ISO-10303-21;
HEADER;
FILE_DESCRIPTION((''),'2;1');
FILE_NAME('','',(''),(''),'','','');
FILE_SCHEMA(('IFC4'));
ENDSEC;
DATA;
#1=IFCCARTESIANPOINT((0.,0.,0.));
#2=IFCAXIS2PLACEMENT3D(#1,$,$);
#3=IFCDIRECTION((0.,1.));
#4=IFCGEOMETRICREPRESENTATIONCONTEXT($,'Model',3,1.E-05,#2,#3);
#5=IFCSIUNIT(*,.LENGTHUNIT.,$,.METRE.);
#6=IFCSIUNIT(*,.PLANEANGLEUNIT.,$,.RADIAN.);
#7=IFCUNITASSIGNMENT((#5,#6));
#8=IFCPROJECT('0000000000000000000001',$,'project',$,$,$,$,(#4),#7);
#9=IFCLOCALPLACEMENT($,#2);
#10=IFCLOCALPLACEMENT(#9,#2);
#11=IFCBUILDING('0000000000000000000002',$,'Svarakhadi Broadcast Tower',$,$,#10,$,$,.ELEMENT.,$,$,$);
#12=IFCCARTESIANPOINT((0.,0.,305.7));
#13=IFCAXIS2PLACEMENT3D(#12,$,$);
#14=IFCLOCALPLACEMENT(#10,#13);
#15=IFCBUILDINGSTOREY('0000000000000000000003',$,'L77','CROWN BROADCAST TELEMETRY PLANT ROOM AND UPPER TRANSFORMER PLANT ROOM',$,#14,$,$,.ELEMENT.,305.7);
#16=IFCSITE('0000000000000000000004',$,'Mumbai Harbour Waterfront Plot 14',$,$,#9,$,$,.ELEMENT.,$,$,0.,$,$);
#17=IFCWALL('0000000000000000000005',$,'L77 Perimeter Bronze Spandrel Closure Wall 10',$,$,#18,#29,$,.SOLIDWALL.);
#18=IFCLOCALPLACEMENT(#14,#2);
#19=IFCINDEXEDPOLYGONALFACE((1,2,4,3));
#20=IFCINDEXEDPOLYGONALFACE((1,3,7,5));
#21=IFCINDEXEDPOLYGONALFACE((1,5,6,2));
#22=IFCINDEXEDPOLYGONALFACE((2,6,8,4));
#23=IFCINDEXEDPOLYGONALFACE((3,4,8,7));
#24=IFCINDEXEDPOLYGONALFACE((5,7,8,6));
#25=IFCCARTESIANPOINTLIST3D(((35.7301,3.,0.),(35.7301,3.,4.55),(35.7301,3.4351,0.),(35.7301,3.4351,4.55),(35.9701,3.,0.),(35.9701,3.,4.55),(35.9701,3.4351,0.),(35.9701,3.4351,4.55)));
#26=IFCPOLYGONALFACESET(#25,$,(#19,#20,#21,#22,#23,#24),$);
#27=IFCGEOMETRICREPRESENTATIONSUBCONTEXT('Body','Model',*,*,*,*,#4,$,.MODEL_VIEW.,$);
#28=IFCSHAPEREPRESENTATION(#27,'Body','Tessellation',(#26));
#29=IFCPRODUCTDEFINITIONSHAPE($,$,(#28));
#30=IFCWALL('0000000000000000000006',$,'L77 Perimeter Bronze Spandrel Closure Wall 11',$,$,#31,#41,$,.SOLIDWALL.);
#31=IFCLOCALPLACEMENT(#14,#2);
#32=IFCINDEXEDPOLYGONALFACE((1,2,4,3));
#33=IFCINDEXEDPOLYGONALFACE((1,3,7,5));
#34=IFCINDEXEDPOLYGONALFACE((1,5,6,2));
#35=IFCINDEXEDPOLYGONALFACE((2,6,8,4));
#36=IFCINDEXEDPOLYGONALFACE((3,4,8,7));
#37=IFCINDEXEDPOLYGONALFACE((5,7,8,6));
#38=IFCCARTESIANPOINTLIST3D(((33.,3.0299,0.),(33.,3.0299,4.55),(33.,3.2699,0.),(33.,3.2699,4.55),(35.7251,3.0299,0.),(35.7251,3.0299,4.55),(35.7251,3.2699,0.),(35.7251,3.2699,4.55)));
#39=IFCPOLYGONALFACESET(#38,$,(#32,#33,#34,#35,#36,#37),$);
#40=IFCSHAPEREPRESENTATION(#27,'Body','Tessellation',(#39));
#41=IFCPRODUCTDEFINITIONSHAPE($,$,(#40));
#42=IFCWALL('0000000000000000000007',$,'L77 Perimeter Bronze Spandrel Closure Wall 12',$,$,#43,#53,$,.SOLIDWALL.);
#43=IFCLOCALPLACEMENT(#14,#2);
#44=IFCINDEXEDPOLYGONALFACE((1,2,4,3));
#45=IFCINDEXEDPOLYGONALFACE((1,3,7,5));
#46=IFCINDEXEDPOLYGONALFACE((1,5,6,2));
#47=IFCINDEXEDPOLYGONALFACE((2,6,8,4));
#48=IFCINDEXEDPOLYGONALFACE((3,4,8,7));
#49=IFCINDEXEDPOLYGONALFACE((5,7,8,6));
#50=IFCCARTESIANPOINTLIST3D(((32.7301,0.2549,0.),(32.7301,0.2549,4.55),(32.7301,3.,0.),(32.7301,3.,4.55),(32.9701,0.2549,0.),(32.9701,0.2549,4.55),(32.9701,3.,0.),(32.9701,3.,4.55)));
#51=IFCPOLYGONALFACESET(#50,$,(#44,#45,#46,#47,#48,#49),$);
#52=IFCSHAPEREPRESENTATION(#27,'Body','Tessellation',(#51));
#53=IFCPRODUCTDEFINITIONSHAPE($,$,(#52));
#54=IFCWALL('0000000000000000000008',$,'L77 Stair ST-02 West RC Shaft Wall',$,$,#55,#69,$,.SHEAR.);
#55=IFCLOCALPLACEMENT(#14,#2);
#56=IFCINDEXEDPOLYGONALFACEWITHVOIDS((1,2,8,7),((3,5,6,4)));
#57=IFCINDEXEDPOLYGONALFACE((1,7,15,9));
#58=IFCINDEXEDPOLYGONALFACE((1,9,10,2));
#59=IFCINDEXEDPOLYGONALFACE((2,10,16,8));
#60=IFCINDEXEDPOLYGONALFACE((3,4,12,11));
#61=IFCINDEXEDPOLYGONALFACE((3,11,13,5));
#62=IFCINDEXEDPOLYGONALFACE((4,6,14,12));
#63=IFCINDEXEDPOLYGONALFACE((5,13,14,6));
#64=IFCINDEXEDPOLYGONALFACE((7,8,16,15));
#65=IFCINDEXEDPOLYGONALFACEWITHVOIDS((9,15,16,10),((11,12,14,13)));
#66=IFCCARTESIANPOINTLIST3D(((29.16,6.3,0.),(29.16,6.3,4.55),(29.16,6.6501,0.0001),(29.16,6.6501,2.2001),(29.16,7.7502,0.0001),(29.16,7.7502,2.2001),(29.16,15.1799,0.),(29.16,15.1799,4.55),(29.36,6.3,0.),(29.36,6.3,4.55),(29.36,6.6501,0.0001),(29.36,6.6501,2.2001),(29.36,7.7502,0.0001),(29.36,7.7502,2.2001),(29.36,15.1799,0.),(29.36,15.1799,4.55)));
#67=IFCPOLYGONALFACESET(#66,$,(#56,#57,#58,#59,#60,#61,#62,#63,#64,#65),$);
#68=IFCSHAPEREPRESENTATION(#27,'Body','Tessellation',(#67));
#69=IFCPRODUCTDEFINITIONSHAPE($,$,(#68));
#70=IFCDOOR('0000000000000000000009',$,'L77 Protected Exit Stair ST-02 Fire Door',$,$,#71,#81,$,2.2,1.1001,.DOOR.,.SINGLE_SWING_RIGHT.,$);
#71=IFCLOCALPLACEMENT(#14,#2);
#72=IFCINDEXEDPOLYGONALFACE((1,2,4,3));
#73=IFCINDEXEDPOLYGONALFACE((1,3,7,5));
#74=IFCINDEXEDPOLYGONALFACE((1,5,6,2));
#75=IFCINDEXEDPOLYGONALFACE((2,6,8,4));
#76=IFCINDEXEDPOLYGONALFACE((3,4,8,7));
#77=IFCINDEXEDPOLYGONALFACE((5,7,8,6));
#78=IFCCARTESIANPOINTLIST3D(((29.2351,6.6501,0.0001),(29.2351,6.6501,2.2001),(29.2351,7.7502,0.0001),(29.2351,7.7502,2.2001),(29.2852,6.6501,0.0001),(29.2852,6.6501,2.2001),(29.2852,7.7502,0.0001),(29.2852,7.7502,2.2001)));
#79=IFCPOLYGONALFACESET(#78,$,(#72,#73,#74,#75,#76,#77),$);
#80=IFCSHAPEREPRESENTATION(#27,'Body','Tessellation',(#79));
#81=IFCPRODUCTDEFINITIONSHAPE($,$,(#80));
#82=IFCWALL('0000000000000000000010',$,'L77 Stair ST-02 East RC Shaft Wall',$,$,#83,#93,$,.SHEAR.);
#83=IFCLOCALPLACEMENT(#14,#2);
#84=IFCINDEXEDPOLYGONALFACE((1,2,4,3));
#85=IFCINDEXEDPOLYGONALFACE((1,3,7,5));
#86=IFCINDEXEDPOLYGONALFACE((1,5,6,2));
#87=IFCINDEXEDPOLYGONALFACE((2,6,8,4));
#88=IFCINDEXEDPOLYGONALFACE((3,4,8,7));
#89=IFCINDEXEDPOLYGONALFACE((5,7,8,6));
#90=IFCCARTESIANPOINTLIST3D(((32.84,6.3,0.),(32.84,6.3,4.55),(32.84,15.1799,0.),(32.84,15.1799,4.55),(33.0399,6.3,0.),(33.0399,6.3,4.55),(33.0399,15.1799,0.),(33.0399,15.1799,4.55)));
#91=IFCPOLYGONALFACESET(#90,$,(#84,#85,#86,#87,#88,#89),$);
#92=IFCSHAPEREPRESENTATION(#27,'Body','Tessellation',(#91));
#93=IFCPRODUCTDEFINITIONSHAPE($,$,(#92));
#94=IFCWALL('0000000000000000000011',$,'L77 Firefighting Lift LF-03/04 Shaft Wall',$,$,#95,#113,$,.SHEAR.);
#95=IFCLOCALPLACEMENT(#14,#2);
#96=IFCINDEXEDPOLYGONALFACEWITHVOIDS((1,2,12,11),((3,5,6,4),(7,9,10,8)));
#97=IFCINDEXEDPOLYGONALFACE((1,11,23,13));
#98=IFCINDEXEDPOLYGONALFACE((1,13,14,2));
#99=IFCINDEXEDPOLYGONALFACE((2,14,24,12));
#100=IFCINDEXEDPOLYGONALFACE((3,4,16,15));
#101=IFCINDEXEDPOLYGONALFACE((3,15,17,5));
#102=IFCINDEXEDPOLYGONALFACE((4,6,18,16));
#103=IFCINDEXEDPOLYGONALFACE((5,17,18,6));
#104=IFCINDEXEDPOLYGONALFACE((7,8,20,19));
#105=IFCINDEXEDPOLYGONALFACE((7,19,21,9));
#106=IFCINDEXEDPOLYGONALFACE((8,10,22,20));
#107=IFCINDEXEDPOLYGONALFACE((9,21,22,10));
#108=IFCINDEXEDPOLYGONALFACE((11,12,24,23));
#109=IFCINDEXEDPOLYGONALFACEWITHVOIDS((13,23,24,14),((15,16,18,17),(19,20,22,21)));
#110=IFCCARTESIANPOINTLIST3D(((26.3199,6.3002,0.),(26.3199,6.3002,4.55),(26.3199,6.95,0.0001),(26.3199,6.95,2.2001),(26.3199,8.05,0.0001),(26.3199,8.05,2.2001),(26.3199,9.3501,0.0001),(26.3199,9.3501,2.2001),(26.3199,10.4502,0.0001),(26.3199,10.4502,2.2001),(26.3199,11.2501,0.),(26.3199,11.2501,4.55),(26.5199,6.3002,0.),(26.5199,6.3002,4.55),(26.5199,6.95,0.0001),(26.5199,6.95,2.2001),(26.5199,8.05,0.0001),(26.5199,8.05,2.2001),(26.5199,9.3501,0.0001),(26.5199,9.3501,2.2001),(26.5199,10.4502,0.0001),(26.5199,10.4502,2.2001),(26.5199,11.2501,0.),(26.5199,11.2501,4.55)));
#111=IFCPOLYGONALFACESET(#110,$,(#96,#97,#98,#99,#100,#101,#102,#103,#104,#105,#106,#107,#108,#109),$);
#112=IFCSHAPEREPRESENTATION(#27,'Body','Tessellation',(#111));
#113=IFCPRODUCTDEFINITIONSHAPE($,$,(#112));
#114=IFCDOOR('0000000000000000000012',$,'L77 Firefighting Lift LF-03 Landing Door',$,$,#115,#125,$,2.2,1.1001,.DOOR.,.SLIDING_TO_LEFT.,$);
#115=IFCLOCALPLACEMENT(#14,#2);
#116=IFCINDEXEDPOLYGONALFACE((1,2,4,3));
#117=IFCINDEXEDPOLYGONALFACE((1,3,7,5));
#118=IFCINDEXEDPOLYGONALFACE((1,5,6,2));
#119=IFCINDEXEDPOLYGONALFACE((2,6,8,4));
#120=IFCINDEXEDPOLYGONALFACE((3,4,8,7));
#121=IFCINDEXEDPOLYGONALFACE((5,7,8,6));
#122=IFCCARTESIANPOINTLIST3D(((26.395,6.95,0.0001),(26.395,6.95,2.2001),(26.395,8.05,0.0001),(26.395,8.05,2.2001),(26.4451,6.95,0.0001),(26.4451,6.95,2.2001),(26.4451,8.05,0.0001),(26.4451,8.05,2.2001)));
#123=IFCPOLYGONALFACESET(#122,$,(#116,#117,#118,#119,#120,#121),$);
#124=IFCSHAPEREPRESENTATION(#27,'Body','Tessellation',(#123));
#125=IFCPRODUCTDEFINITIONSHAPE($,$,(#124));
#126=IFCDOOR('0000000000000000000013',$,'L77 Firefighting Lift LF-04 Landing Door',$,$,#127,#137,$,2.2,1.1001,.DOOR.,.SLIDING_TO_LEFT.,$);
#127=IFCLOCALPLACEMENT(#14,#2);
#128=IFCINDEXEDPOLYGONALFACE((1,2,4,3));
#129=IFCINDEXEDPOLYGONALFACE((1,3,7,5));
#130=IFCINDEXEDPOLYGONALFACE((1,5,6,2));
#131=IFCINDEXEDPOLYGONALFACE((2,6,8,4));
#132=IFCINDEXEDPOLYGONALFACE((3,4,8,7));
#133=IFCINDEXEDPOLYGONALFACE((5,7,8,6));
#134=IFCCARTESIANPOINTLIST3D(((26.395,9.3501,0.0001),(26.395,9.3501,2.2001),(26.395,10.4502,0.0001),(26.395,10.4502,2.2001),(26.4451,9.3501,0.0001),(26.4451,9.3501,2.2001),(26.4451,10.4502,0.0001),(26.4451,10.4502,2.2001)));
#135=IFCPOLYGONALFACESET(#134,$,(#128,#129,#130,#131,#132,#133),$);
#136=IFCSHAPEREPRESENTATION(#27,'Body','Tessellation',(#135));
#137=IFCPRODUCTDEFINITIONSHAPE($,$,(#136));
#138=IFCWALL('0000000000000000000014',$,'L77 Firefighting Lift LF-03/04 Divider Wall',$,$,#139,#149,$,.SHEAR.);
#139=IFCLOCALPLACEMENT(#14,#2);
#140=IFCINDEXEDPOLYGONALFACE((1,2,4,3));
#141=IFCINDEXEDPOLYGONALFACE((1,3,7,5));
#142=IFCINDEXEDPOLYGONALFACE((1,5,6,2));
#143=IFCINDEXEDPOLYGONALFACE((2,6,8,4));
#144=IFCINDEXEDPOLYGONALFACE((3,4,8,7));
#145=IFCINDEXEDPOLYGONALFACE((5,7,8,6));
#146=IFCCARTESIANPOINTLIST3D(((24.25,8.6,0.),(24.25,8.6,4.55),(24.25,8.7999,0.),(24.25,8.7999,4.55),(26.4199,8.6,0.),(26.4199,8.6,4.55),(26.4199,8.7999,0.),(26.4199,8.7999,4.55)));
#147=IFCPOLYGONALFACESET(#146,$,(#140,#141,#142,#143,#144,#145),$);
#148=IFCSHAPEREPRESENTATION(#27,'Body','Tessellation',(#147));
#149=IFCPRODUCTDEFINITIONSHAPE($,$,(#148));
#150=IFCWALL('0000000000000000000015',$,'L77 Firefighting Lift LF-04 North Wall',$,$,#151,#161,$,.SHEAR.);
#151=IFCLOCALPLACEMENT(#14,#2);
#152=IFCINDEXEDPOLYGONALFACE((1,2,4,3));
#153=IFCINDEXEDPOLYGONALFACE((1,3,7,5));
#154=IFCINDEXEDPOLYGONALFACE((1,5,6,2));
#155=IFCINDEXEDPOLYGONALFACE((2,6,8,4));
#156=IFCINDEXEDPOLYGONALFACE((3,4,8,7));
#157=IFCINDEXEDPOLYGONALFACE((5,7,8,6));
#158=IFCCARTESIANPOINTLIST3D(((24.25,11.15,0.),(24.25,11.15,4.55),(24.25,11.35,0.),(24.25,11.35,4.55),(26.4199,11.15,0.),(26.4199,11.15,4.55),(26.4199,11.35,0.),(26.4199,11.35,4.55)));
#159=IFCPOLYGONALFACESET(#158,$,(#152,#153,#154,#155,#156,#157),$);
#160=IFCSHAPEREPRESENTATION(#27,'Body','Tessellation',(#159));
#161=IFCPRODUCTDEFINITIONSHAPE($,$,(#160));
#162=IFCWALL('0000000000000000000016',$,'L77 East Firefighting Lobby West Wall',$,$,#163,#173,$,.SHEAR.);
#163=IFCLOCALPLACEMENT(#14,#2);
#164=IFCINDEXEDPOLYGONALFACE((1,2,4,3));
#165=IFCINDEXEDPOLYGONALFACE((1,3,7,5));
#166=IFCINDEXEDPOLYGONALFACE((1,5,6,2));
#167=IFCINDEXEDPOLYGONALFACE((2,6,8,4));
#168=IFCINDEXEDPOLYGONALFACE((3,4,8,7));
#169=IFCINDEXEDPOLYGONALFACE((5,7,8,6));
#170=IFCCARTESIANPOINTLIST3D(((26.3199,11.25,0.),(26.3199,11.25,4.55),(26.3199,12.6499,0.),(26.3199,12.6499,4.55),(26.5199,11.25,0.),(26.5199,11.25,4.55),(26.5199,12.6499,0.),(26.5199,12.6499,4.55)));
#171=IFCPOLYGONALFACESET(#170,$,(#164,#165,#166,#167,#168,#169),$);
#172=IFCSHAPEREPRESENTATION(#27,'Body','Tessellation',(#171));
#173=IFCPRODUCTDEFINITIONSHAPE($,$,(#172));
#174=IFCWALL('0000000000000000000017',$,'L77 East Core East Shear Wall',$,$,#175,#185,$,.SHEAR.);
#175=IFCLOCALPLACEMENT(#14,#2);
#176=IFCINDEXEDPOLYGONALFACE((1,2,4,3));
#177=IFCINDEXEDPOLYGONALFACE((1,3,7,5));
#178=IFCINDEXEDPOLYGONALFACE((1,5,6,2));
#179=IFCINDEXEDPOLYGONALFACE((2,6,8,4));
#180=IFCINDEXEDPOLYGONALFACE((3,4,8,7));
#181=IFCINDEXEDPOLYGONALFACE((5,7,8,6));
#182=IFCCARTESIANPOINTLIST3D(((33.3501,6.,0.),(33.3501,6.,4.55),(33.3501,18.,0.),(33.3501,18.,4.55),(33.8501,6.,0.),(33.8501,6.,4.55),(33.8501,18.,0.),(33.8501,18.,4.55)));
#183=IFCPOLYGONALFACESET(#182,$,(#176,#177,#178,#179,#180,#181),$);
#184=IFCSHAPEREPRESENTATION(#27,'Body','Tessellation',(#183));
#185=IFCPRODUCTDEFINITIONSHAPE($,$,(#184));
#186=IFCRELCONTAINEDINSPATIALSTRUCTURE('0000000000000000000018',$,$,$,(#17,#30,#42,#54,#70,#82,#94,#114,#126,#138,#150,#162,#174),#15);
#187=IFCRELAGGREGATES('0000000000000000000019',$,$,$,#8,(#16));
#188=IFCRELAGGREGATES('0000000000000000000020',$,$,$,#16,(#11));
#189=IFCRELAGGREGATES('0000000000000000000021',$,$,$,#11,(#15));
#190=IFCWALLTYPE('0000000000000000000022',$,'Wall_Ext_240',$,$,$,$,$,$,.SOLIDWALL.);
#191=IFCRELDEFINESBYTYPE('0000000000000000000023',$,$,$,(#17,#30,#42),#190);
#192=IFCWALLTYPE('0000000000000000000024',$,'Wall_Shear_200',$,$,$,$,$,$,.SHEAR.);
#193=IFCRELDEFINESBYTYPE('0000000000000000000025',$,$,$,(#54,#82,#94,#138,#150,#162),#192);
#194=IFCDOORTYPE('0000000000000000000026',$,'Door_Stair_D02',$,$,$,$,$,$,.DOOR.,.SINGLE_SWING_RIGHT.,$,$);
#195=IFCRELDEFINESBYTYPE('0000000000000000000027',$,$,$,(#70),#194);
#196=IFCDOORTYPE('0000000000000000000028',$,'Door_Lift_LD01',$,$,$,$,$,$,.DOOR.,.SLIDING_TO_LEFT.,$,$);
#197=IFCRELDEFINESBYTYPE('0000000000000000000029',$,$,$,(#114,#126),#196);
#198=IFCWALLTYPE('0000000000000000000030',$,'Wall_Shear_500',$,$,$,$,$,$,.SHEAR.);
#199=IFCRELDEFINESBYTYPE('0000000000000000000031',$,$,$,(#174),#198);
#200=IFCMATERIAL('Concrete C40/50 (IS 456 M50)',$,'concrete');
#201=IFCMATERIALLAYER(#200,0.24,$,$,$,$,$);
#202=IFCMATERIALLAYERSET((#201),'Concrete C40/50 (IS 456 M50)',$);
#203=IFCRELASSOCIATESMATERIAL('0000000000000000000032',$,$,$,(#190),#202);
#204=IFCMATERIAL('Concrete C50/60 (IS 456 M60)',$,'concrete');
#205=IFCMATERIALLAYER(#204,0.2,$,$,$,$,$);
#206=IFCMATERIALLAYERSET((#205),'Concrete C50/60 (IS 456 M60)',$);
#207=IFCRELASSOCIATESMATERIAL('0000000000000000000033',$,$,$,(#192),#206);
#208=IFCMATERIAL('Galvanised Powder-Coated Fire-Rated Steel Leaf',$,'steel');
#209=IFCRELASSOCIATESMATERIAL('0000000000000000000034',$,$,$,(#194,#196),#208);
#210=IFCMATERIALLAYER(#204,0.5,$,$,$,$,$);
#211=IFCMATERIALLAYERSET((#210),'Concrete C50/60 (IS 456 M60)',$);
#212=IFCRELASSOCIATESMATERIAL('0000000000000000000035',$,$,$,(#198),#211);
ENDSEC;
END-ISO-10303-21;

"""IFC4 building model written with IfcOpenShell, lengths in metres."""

from ifc_helpers import new_model, si_unit, direction, frame, frame_2d, origin, place, context, subcontext, project, spatial, rectangle, extrude, material, layer, layer_set, type_object, element, fill, save


model = new_model("IFC4")

# Units and contexts
model_context = context("Model", 3, precision=1e-05, world=origin(), true_north=direction((0.0, 1.0)))
body_context = subcontext(model_context, "Body", "Model", "MODEL_VIEW")
ifc_project = project(units=[si_unit("LENGTHUNIT", "METRE"), si_unit("PLANEANGLEUNIT", "RADIAN")], contexts=[model_context])

# Site, building, storey
site_placement = place(None, origin())
site = spatial("IfcSite", under=ifc_project, at=site_placement, Name="Mumbai Harbour Waterfront Plot 14", CompositionType="ELEMENT", RefElevation=0.0)
building_placement = place(site_placement, origin())
building = spatial("IfcBuilding", under=site, at=building_placement, Name="Svarakhadi Broadcast Tower", CompositionType="ELEMENT")
storey_placement = place(building_placement, frame((0.0, 0.0, 305.7)))
storey = spatial("IfcBuildingStorey", under=building, at=storey_placement, Name="L77", Description="CROWN BROADCAST TELEMETRY PLANT ROOM AND UPPER TRANSFORMER PLANT ROOM", CompositionType="ELEMENT", Elevation=305.7)

# Shared definitions
ifc_material_1 = material(Name="Concrete C50/60 (IS 456 M60)", Category="concrete")

# Walls
ifc_material_2 = material(Name="Concrete C40/50 (IS 456 M50)", Category="concrete")
ifc_layer_1 = layer(ifc_material_2, 0.24)
ifc_layer_set_1 = layer_set([ifc_layer_1], Name="Concrete C40/50 (IS 456 M50)")
wall_type_1 = type_object("IfcWallType", Name="Wall_Ext_240", PredefinedType="SOLIDWALL", material=ifc_layer_set_1)
wall_1_placement = place(storey_placement, frame((35.8501, 3.4351, 0.0), z_axis=(0.0, 0.0, 1.0), x_axis=(0.0, -1.0, 0.0)))
element("IfcWall", 1, at=wall_1_placement, inside=storey, type_object=wall_type_1, Name="L77 Perimeter Bronze Spandrel Closure Wall 10", PredefinedType="SOLIDWALL", context=body_context, shape_type="SweptSolid", body=[
    extrude(rectangle(XDim=0.4351, YDim=0.24, at=frame_2d((0.2175, 0.0))), origin(), (0.0, 0.0, 1.0), 4.55),
])
wall_2_placement = place(storey_placement, frame((35.7251, 3.1499, 0.0), z_axis=(0.0, 0.0, 1.0), x_axis=(-1.0, 0.0, 0.0)))
element("IfcWall", 2, at=wall_2_placement, inside=storey, type_object=wall_type_1, Name="L77 Perimeter Bronze Spandrel Closure Wall 11", PredefinedType="SOLIDWALL", context=body_context, shape_type="SweptSolid", body=[
    extrude(rectangle(XDim=2.7251, YDim=0.24, at=frame_2d((1.3625, 0.0))), origin(), (0.0, 0.0, 1.0), 4.55),
])
wall_3_placement = place(storey_placement, frame((32.8501, 3.0, 0.0), z_axis=(0.0, 0.0, 1.0), x_axis=(0.0, -1.0, 0.0)))
element("IfcWall", 3, at=wall_3_placement, inside=storey, type_object=wall_type_1, Name="L77 Perimeter Bronze Spandrel Closure Wall 12", PredefinedType="SOLIDWALL", context=body_context, shape_type="SweptSolid", body=[
    extrude(rectangle(XDim=2.7451, YDim=0.24, at=frame_2d((1.3726, 0.0))), origin(), (0.0, 0.0, 1.0), 4.55),
])

# Wall, opening, door
ifc_layer_2 = layer(ifc_material_1, 0.2)
ifc_layer_set_2 = layer_set([ifc_layer_2], Name="Concrete C50/60 (IS 456 M60)")
wall_type_2 = type_object("IfcWallType", Name="Wall_Shear_200", PredefinedType="SHEAR", material=ifc_layer_set_2)
wall_4_placement = place(storey_placement, frame((29.26, 6.3, 0.0), z_axis=(0.0, 0.0, 1.0), x_axis=(0.0, 1.0, 0.0)))
wall_4 = element("IfcWall", 4, at=wall_4_placement, inside=storey, type_object=wall_type_2, Name="L77 Stair ST-02 West RC Shaft Wall", PredefinedType="SHEAR", context=body_context, shape_type="SweptSolid", body=[
    extrude(rectangle(XDim=8.8799, YDim=0.2, at=frame_2d((4.4399, 0.0))), origin(), (0.0, 0.0, 1.0), 4.55),
])
opening_1_placement = place(wall_4_placement, frame((0.3501, 0.0, 0.0)))
opening_1 = element("IfcOpeningElement", 5, at=opening_1_placement, cuts=wall_4, PredefinedType="OPENING", context=body_context, shape_type="SweptSolid", body=[
    extrude(rectangle(XDim=1.1001, YDim=2.2, at=frame_2d((0.55, 1.1001))), frame((0.0, 0.1099, 0.0), z_axis=(0.0, -1.0, 0.0), x_axis=(1.0, 0.0, 0.0)), (0.0, 0.0, 1.0), 0.22),
])
ifc_material_3 = material(Name="Galvanised Powder-Coated Fire-Rated Steel Leaf", Category="steel")
door_type_1 = type_object("IfcDoorType", Name="Door_Stair_D02", OperationType="SINGLE_SWING_RIGHT", PredefinedType="DOOR", material=ifc_material_3)
door_1_placement = place(opening_1_placement, origin())
door_1 = element("IfcDoor", 6, at=door_1_placement, inside=storey, type_object=door_type_1, Name="L77 Protected Exit Stair ST-02 Fire Door", OperationType="SINGLE_SWING_RIGHT", OverallHeight=2.2, OverallWidth=1.1001, PredefinedType="DOOR", context=body_context, shape_type="SweptSolid", body=[
    extrude(rectangle(XDim=1.1001, YDim=2.2, at=frame_2d((0.55, 1.1001))), frame((0.0, 0.0249, 0.0), z_axis=(0.0, -1.0, 0.0), x_axis=(1.0, 0.0, 0.0)), (0.0, 0.0, 1.0), 0.05),
])
fill(opening_1, door_1)

# Wall
wall_5_placement = place(storey_placement, frame((32.9399, 6.3, 0.0), z_axis=(0.0, 0.0, 1.0), x_axis=(0.0, 1.0, 0.0)))
element("IfcWall", 7, at=wall_5_placement, inside=storey, type_object=wall_type_2, Name="L77 Stair ST-02 East RC Shaft Wall", PredefinedType="SHEAR", context=body_context, shape_type="SweptSolid", body=[
    extrude(rectangle(XDim=8.8799, YDim=0.2, at=frame_2d((4.4399, 0.0))), origin(), (0.0, 0.0, 1.0), 4.55),
])

# Wall, openings, doors
wall_6_placement = place(storey_placement, frame((26.4199, 6.3, 0.0), z_axis=(0.0, 0.0, 1.0), x_axis=(0.0, 1.0, 0.0)))
wall_6 = element("IfcWall", 8, at=wall_6_placement, inside=storey, type_object=wall_type_2, Name="L77 Firefighting Lift LF-03/04 Shaft Wall", PredefinedType="SHEAR", context=body_context, shape_type="SweptSolid", body=[
    extrude(rectangle(XDim=4.95, YDim=0.2, at=frame_2d((2.4751, 0.0))), origin(), (0.0, 0.0, 1.0), 4.55),
])
opening_2_placement = place(wall_6_placement, frame((0.6499, 0.0, 0.0)))
opening_2 = element("IfcOpeningElement", 9, at=opening_2_placement, cuts=wall_6, PredefinedType="OPENING", context=body_context, shape_type="SweptSolid", body=[
    extrude(rectangle(XDim=1.1001, YDim=2.2, at=frame_2d((0.55, 1.1001))), frame((0.0, 0.1099, 0.0), z_axis=(0.0, -1.0, 0.0), x_axis=(1.0, 0.0, 0.0)), (0.0, 0.0, 1.0), 0.22),
])
opening_3_placement = place(wall_6_placement, frame((3.05, 0.0, 0.0)))
opening_3 = element("IfcOpeningElement", 10, at=opening_3_placement, cuts=wall_6, PredefinedType="OPENING", context=body_context, shape_type="SweptSolid", body=[
    extrude(rectangle(XDim=1.1001, YDim=2.2, at=frame_2d((0.55, 1.1001))), frame((0.0, 0.1099, 0.0), z_axis=(0.0, -1.0, 0.0), x_axis=(1.0, 0.0, 0.0)), (0.0, 0.0, 1.0), 0.22),
])
door_type_2 = type_object("IfcDoorType", Name="Door_Lift_LD01", OperationType="SLIDING_TO_LEFT", PredefinedType="DOOR", material=ifc_material_3)
door_2_placement = place(opening_2_placement, origin())
door_2 = element("IfcDoor", 11, at=door_2_placement, inside=storey, type_object=door_type_2, Name="L77 Firefighting Lift LF-03 Landing Door", OperationType="SLIDING_TO_LEFT", OverallHeight=2.2, OverallWidth=1.1001, PredefinedType="DOOR", context=body_context, shape_type="SweptSolid", body=[
    extrude(rectangle(XDim=1.1001, YDim=2.2, at=frame_2d((0.55, 1.1001))), frame((0.0, 0.0249, 0.0), z_axis=(0.0, -1.0, 0.0), x_axis=(1.0, 0.0, 0.0)), (0.0, 0.0, 1.0), 0.05),
])
fill(opening_2, door_2)
door_3_placement = place(opening_3_placement, origin())
door_3 = element("IfcDoor", 12, at=door_3_placement, inside=storey, type_object=door_type_2, Name="L77 Firefighting Lift LF-04 Landing Door", OperationType="SLIDING_TO_LEFT", OverallHeight=2.2, OverallWidth=1.1001, PredefinedType="DOOR", context=body_context, shape_type="SweptSolid", body=[
    extrude(rectangle(XDim=1.1001, YDim=2.2, at=frame_2d((0.55, 1.1001))), frame((0.0, 0.0249, 0.0), z_axis=(0.0, -1.0, 0.0), x_axis=(1.0, 0.0, 0.0)), (0.0, 0.0, 1.0), 0.05),
])
fill(opening_3, door_3)

# Walls
for number, where, z_axis, x_axis, name in (
    (13, (24.25, 8.7, 0.0), (0.0, 0.0, 1.0), (1.0, 0.0, 0.0), "L77 Firefighting Lift LF-03/04 Divider Wall"),
    (14, (24.25, 11.25, 0.0), (0.0, 0.0, 1.0), (1.0, 0.0, 0.0), "L77 Firefighting Lift LF-04 North Wall"),
):
    element("IfcWall", number, at=place(storey_placement, frame(where, z_axis=z_axis, x_axis=x_axis)), inside=storey, type_object=wall_type_2, Name=name, PredefinedType="SHEAR", context=body_context, shape_type="SweptSolid", body=[
        extrude(rectangle(XDim=2.1699, YDim=0.2, at=frame_2d((1.085, 0.0))), origin(), (0.0, 0.0, 1.0), 4.55),
    ])
wall_7_placement = place(storey_placement, frame((26.4199, 11.25, 0.0), z_axis=(0.0, 0.0, 1.0), x_axis=(0.0, 1.0, 0.0)))
element("IfcWall", 15, at=wall_7_placement, inside=storey, type_object=wall_type_2, Name="L77 East Firefighting Lobby West Wall", PredefinedType="SHEAR", context=body_context, shape_type="SweptSolid", body=[
    extrude(rectangle(XDim=1.3999, YDim=0.2, at=frame_2d((0.7, 0.0))), origin(), (0.0, 0.0, 1.0), 4.55),
])
ifc_layer_3 = layer(ifc_material_1, 0.5)
ifc_layer_set_3 = layer_set([ifc_layer_3], Name="Concrete C50/60 (IS 456 M60)")
wall_type_3 = type_object("IfcWallType", Name="Wall_Shear_500", PredefinedType="SHEAR", material=ifc_layer_set_3)
wall_8_placement = place(storey_placement, frame((33.6001, 6.0, 0.0), z_axis=(0.0, 0.0, 1.0), x_axis=(0.0, 1.0, 0.0)))
element("IfcWall", 16, at=wall_8_placement, inside=storey, type_object=wall_type_3, Name="L77 East Core East Shear Wall", PredefinedType="SHEAR", context=body_context, shape_type="SweptSolid", body=[
    extrude(rectangle(XDim=12.0, YDim=0.5, at=frame_2d((6.0, 0.0))), origin(), (0.0, 0.0, 1.0), 4.55),
])

save(model, "model.ifc")
